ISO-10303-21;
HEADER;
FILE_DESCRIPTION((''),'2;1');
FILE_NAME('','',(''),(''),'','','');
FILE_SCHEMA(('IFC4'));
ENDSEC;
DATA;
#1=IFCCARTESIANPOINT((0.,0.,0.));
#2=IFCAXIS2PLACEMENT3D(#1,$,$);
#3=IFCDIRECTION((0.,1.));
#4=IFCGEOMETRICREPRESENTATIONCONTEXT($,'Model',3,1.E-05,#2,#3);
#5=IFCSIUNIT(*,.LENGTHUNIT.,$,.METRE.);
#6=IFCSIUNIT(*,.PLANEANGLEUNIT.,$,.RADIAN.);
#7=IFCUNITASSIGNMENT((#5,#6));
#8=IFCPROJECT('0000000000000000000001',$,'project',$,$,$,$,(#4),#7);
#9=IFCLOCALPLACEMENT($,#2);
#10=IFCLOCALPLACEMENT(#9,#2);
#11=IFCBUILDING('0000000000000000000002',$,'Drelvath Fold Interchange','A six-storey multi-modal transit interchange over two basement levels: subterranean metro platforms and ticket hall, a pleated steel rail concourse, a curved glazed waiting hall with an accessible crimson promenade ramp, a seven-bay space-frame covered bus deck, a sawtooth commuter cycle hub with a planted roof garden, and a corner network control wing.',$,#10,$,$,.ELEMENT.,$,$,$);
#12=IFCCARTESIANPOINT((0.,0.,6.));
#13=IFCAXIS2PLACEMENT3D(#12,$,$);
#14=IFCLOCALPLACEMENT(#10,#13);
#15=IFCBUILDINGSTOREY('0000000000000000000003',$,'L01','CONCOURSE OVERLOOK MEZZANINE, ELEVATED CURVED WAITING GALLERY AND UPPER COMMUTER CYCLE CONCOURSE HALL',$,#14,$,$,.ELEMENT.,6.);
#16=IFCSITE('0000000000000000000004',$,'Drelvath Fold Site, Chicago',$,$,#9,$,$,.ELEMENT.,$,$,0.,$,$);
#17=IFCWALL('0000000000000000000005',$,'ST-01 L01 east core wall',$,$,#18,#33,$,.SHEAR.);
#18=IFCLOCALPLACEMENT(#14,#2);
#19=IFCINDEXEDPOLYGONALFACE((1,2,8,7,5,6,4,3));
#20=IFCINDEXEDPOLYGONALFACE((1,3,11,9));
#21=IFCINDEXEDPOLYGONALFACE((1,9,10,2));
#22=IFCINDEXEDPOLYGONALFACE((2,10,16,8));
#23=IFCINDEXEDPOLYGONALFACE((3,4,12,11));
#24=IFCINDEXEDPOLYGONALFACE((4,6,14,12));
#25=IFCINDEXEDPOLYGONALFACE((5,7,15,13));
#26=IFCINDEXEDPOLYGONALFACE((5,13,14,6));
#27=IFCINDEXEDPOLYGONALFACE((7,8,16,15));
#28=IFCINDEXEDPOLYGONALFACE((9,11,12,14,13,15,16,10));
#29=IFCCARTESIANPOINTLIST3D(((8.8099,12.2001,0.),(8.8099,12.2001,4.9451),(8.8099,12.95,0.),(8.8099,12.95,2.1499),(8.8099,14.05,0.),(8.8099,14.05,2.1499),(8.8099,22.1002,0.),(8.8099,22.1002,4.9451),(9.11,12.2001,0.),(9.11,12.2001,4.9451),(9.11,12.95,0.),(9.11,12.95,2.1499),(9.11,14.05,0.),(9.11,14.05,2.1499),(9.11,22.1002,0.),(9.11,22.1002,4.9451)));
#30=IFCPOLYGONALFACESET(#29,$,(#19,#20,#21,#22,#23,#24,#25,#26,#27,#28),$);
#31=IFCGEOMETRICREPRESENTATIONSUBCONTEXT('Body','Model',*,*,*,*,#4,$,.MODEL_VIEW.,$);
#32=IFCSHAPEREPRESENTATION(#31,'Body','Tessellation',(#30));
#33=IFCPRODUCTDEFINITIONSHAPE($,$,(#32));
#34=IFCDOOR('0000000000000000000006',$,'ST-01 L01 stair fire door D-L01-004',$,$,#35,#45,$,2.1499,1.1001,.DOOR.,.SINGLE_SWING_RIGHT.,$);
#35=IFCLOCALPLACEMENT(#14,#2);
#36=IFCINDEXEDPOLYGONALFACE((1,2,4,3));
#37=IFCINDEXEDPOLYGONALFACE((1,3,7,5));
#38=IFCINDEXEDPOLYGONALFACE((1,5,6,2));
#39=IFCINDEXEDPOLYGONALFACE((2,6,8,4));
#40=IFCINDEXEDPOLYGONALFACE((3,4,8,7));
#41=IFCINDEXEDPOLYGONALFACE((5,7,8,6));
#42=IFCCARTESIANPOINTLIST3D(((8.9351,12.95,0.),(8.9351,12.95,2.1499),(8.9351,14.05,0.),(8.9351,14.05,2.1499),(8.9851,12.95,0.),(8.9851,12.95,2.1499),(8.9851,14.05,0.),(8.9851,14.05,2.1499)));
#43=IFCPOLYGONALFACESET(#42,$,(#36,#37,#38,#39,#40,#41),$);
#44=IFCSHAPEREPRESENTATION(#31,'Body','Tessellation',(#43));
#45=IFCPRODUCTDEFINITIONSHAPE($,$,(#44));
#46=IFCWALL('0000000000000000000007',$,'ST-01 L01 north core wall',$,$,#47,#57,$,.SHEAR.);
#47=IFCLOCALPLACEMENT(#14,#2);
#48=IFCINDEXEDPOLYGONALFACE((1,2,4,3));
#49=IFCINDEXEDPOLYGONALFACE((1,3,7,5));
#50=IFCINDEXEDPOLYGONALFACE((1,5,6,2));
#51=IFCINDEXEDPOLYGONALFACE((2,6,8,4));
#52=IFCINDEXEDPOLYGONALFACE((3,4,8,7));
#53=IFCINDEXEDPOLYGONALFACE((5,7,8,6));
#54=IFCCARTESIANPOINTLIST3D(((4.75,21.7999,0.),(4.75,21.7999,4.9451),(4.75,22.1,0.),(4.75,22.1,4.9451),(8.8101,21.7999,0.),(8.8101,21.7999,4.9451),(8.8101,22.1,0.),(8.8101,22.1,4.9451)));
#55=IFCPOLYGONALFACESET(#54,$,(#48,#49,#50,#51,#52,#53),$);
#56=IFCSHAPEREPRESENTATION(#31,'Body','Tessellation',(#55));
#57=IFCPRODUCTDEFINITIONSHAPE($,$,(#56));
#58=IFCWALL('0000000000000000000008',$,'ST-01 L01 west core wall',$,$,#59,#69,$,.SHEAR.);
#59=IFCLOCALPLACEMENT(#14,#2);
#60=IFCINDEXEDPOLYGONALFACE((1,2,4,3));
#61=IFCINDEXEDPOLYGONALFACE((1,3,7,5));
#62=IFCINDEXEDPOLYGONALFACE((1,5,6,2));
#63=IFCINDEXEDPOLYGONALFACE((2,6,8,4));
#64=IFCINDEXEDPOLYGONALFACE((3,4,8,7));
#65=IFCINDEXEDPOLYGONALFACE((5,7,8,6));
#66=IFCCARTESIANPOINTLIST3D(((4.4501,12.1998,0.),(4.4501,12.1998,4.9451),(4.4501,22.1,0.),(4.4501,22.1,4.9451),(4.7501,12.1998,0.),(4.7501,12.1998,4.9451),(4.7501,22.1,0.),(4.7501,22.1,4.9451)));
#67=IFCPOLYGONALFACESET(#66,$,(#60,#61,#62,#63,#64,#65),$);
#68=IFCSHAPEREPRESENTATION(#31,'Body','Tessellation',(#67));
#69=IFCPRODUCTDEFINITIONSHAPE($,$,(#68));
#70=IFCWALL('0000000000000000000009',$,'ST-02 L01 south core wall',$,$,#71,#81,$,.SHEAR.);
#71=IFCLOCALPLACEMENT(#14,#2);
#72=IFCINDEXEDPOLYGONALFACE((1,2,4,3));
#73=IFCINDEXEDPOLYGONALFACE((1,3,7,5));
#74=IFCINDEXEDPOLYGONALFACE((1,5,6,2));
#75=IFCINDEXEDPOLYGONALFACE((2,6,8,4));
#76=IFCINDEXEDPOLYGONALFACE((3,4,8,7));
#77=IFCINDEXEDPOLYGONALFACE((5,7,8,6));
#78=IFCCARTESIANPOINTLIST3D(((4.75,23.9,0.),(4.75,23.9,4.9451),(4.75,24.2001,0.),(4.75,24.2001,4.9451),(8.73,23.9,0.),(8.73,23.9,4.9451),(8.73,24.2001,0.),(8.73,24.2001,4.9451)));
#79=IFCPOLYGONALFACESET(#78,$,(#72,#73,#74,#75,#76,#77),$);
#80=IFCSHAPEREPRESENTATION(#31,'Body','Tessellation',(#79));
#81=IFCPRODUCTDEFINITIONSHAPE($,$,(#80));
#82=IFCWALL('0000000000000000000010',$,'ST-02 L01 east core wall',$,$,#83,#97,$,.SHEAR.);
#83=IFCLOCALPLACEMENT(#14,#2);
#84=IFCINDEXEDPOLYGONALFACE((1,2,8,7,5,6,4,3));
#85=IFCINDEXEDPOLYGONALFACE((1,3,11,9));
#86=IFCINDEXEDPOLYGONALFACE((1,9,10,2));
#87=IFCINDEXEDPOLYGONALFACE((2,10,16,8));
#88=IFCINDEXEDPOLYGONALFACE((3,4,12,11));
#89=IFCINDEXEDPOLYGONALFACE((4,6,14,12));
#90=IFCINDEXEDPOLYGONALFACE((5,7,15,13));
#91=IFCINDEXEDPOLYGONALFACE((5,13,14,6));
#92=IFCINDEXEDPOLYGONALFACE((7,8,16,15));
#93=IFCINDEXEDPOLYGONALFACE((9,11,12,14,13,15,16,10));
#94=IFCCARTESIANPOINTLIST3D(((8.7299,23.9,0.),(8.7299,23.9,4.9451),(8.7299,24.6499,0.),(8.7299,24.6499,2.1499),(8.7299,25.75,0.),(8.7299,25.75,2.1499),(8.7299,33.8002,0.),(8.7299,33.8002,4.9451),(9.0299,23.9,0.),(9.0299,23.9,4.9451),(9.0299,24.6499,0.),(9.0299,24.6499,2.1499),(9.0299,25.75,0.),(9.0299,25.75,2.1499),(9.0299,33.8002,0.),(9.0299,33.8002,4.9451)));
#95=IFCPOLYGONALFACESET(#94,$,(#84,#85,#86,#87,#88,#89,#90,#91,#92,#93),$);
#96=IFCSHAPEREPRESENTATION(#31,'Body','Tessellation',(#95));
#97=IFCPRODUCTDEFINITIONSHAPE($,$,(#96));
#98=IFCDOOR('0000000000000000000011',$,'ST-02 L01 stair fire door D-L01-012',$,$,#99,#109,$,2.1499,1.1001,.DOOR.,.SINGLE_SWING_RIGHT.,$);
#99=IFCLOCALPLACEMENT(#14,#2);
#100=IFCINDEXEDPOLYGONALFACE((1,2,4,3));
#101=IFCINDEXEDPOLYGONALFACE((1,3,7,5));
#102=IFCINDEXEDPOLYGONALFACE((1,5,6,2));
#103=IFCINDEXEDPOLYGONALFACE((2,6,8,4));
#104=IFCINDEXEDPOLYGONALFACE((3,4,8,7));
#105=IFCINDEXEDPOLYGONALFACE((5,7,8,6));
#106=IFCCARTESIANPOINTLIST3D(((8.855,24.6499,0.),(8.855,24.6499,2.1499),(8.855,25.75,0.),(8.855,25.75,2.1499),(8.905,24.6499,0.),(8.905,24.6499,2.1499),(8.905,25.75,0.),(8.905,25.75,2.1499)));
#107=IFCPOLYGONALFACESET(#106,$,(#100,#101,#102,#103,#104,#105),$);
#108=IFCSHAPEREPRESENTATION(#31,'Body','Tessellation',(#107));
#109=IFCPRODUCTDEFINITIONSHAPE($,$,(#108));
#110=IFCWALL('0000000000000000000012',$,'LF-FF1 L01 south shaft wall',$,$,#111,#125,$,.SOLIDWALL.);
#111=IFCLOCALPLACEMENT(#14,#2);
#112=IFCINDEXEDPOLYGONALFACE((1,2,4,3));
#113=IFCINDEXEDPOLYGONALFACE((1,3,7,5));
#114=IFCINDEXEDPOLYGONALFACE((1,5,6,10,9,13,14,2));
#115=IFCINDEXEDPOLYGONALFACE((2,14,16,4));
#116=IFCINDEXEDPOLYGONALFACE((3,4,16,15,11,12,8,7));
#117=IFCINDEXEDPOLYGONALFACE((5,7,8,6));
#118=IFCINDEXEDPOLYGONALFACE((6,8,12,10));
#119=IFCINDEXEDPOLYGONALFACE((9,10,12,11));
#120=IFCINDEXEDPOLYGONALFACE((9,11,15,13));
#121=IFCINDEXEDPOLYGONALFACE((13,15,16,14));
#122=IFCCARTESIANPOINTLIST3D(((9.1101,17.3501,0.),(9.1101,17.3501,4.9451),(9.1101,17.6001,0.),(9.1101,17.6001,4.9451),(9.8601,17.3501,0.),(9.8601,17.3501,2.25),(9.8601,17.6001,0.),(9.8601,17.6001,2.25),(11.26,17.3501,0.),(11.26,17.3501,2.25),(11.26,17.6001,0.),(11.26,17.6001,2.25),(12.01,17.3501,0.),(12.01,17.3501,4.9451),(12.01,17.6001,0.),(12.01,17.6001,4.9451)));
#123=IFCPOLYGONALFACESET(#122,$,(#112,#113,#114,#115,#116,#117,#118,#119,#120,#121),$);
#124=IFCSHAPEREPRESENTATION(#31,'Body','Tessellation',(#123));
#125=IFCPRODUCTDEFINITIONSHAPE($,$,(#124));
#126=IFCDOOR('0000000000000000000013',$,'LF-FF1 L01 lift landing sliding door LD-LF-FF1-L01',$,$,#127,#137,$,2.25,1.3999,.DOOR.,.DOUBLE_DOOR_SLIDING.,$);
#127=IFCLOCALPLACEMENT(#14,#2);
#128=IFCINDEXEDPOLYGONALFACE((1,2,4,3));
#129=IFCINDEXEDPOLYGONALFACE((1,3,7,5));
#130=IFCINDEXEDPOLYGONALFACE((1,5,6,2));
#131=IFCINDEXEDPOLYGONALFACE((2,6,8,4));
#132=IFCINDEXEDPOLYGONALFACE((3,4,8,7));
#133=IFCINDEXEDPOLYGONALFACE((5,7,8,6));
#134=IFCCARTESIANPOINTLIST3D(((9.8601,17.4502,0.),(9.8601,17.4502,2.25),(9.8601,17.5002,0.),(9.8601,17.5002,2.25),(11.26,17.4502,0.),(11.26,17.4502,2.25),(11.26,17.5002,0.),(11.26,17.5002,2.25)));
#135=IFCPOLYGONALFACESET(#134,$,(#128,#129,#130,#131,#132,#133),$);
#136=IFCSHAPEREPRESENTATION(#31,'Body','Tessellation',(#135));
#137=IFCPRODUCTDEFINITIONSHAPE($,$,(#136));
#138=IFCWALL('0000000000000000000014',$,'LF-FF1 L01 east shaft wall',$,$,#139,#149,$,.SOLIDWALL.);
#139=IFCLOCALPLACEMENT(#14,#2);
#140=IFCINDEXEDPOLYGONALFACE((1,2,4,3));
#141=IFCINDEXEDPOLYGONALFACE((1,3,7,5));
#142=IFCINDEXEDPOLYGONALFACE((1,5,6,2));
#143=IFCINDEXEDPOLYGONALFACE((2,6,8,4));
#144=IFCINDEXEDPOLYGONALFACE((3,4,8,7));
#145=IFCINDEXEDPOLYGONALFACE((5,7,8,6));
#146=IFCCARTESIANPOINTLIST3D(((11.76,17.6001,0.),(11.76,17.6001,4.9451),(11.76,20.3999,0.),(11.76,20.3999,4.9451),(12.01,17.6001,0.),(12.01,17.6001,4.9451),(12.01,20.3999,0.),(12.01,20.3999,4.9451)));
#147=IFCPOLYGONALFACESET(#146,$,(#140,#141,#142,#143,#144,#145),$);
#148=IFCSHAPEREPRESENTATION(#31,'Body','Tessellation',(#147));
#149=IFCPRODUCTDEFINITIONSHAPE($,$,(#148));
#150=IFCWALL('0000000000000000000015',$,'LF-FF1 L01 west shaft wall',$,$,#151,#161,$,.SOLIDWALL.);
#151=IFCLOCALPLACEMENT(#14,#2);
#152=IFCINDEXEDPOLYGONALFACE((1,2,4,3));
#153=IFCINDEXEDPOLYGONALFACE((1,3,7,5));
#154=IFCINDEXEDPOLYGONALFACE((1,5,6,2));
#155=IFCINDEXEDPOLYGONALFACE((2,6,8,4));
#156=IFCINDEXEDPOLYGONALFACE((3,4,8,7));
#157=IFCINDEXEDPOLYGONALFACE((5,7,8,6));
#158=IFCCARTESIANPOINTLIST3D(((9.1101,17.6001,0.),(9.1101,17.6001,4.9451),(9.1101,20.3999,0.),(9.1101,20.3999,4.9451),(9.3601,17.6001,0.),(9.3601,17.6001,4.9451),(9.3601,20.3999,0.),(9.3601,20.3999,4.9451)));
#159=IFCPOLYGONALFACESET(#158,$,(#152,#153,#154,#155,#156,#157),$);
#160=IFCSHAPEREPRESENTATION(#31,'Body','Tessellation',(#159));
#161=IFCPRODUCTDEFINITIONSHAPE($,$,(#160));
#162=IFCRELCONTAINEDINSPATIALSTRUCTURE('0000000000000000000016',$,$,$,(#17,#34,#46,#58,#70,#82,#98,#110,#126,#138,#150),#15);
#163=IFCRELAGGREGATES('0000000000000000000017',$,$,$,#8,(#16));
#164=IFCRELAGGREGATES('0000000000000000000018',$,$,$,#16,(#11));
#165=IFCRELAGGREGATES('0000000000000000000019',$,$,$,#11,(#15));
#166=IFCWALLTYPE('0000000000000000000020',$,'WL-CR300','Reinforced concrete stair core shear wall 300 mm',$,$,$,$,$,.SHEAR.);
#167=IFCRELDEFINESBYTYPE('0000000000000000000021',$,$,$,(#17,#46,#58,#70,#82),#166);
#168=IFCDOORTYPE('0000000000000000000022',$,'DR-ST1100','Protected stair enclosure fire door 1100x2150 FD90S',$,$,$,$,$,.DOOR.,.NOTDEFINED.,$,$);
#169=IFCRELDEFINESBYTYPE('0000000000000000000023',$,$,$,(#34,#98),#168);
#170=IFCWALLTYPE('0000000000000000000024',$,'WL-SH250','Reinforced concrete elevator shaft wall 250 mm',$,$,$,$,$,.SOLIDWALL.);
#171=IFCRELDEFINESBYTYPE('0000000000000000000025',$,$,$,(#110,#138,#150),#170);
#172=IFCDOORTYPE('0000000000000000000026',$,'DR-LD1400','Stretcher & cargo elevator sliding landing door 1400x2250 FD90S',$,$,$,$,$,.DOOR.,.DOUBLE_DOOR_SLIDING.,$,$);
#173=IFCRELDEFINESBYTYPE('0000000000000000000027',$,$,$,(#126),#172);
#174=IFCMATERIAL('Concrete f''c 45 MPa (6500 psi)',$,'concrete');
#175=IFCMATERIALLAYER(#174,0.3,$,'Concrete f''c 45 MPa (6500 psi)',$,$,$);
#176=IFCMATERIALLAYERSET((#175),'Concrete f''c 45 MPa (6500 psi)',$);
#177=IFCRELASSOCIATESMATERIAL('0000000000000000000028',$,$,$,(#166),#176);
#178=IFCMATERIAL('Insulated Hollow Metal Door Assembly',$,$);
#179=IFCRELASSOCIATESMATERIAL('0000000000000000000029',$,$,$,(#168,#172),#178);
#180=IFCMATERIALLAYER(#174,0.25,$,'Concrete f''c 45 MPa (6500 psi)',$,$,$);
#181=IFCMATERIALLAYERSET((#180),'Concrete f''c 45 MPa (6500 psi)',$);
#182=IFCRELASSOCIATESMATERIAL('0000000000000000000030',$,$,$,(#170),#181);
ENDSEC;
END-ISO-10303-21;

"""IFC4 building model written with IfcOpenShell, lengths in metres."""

from ifc_helpers import new_model, si_unit, direction, frame, frame_2d, origin, place, context, subcontext, project, spatial, rectangle, extrude, material, layer, layer_set, type_object, element, fill, save


model = new_model("IFC4")

# Units and contexts
model_context = context("Model", 3, precision=1e-05, world=origin(), true_north=direction((0.0, 1.0)))
body_context = subcontext(model_context, "Body", "Model", "MODEL_VIEW")
ifc_project = project(units=[si_unit("LENGTHUNIT", "METRE"), si_unit("PLANEANGLEUNIT", "RADIAN")], contexts=[model_context])

# Site, building, storey
site_placement = place(None, origin())
site = spatial("IfcSite", under=ifc_project, at=site_placement, Name="Drelvath Fold Site, Chicago", CompositionType="ELEMENT", RefElevation=0.0)
building_placement = place(site_placement, origin())
building = spatial("IfcBuilding", under=site, at=building_placement, Name="Drelvath Fold Interchange", Description="A six-storey multi-modal transit interchange over two basement levels: subterranean metro platforms and ticket hall, a pleated steel rail concourse, a curved glazed waiting hall with an accessible crimson promenade ramp, a seven-bay space-frame covered bus deck, a sawtooth commuter cycle hub with a planted roof garden, and a corner network control wing.", CompositionType="ELEMENT")
storey_placement = place(building_placement, frame((0.0, 0.0, 6.0)))
storey = spatial("IfcBuildingStorey", under=building, at=storey_placement, Name="L01", Description="CONCOURSE OVERLOOK MEZZANINE, ELEVATED CURVED WAITING GALLERY AND UPPER COMMUTER CYCLE CONCOURSE HALL", CompositionType="ELEMENT", Elevation=6.0)

# Shared definitions
ifc_material_1 = material(Name="Concrete f'c 45 MPa (6500 psi)", Category="concrete")
ifc_layer_1 = layer(ifc_material_1, 0.3, Name="Concrete f'c 45 MPa (6500 psi)")
ifc_layer_set_1 = layer_set([ifc_layer_1], Name="Concrete f'c 45 MPa (6500 psi)")
wall_type_1 = type_object("IfcWallType", Name="WL-CR300", Description="Reinforced concrete stair core shear wall 300 mm", PredefinedType="SHEAR", material=ifc_layer_set_1)

# Wall, opening, door
wall_1_placement = place(storey_placement, frame((8.96, 12.2, 0.0), z_axis=(0.0, 0.0, 1.0), x_axis=(0.0, 1.0, 0.0)))
wall_1 = element("IfcWall", 1, at=wall_1_placement, inside=storey, type_object=wall_type_1, Name="ST-01 L01 east core wall", PredefinedType="SHEAR", context=body_context, shape_type="SweptSolid", body=[
    extrude(rectangle(XDim=9.9001, YDim=0.3, at=frame_2d((4.9502, 0.0))), origin(), (0.0, 0.0, 1.0), 4.9451),
])
opening_1_placement = place(wall_1_placement, frame((0.75, 0.0, 0.0)))
opening_1 = element("IfcOpeningElement", 2, at=opening_1_placement, cuts=wall_1, PredefinedType="OPENING", context=body_context, shape_type="SweptSolid", body=[
    extrude(rectangle(XDim=1.1001, YDim=2.1499, at=frame_2d((0.55, 1.075))), frame((0.0, 0.1599, 0.0), z_axis=(0.0, -1.0, 0.0), x_axis=(1.0, 0.0, 0.0)), (0.0, 0.0, 1.0), 0.3201),
])
ifc_material_2 = material(Name="Insulated Hollow Metal Door Assembly")
door_type_1 = type_object("IfcDoorType", Name="DR-ST1100", Description="Protected stair enclosure fire door 1100x2150 FD90S", OperationType="NOTDEFINED", PredefinedType="DOOR", material=ifc_material_2)
door_1_placement = place(opening_1_placement, origin())
door_1 = element("IfcDoor", 3, at=door_1_placement, inside=storey, type_object=door_type_1, Name="ST-01 L01 stair fire door D-L01-004", OperationType="SINGLE_SWING_RIGHT", OverallHeight=2.1499, OverallWidth=1.1001, PredefinedType="DOOR", context=body_context, shape_type="SweptSolid", body=[
    extrude(rectangle(XDim=1.1001, YDim=2.1499, at=frame_2d((0.55, 1.075))), frame((0.0, 0.0249, 0.0), z_axis=(0.0, -1.0, 0.0), x_axis=(1.0, 0.0, 0.0)), (0.0, 0.0, 1.0), 0.05),
])
fill(opening_1, door_1)

# Walls
wall_2_placement = place(storey_placement, frame((8.8101, 21.95, 0.0), z_axis=(0.0, 0.0, 1.0), x_axis=(-1.0, 0.0, 0.0)))
element("IfcWall", 4, at=wall_2_placement, inside=storey, type_object=wall_type_1, Name="ST-01 L01 north core wall", PredefinedType="SHEAR", context=body_context, shape_type="SweptSolid", body=[
    extrude(rectangle(XDim=4.0601, YDim=0.3, at=frame_2d((2.03, 0.0))), origin(), (0.0, 0.0, 1.0), 4.9451),
])
wall_3_placement = place(storey_placement, frame((4.6001, 22.1001, 0.0), z_axis=(0.0, 0.0, 1.0), x_axis=(0.0, -1.0, 0.0)))
element("IfcWall", 5, at=wall_3_placement, inside=storey, type_object=wall_type_1, Name="ST-01 L01 west core wall", PredefinedType="SHEAR", context=body_context, shape_type="SweptSolid", body=[
    extrude(rectangle(XDim=9.9001, YDim=0.3, at=frame_2d((4.9502, 0.0))), origin(), (0.0, 0.0, 1.0), 4.9451),
])
wall_4_placement = place(storey_placement, frame((4.75, 24.05, 0.0), z_axis=(0.0, 0.0, 1.0), x_axis=(1.0, 0.0, 0.0)))
element("IfcWall", 6, at=wall_4_placement, inside=storey, type_object=wall_type_1, Name="ST-02 L01 south core wall", PredefinedType="SHEAR", context=body_context, shape_type="SweptSolid", body=[
    extrude(rectangle(XDim=3.98, YDim=0.3, at=frame_2d((1.99, 0.0))), origin(), (0.0, 0.0, 1.0), 4.9451),
])

# Walls, openings, doors
wall_5_placement = place(storey_placement, frame((8.8799, 23.8999, 0.0), z_axis=(0.0, 0.0, 1.0), x_axis=(0.0, 1.0, 0.0)))
wall_5 = element("IfcWall", 7, at=wall_5_placement, inside=storey, type_object=wall_type_1, Name="ST-02 L01 east core wall", PredefinedType="SHEAR", context=body_context, shape_type="SweptSolid", body=[
    extrude(rectangle(XDim=9.9001, YDim=0.3, at=frame_2d((4.9502, 0.0))), origin(), (0.0, 0.0, 1.0), 4.9451),
])
opening_2_placement = place(wall_5_placement, frame((0.75, 0.0, 0.0)))
opening_2 = element("IfcOpeningElement", 8, at=opening_2_placement, cuts=wall_5, PredefinedType="OPENING", context=body_context, shape_type="SweptSolid", body=[
    extrude(rectangle(XDim=1.1001, YDim=2.1499, at=frame_2d((0.55, 1.075))), frame((0.0, 0.1599, 0.0), z_axis=(0.0, -1.0, 0.0), x_axis=(1.0, 0.0, 0.0)), (0.0, 0.0, 1.0), 0.3201),
])
door_2_placement = place(opening_2_placement, origin())
door_2 = element("IfcDoor", 9, at=door_2_placement, inside=storey, type_object=door_type_1, Name="ST-02 L01 stair fire door D-L01-012", OperationType="SINGLE_SWING_RIGHT", OverallHeight=2.1499, OverallWidth=1.1001, PredefinedType="DOOR", context=body_context, shape_type="SweptSolid", body=[
    extrude(rectangle(XDim=1.1001, YDim=2.1499, at=frame_2d((0.55, 1.075))), frame((0.0, 0.0249, 0.0), z_axis=(0.0, -1.0, 0.0), x_axis=(1.0, 0.0, 0.0)), (0.0, 0.0, 1.0), 0.05),
])
fill(opening_2, door_2)
ifc_layer_2 = layer(ifc_material_1, 0.25, Name="Concrete f'c 45 MPa (6500 psi)")
ifc_layer_set_2 = layer_set([ifc_layer_2], Name="Concrete f'c 45 MPa (6500 psi)")
wall_type_2 = type_object("IfcWallType", Name="WL-SH250", Description="Reinforced concrete elevator shaft wall 250 mm", PredefinedType="SOLIDWALL", material=ifc_layer_set_2)
wall_6_placement = place(storey_placement, frame((9.1101, 17.4751, 0.0), z_axis=(0.0, 0.0, 1.0), x_axis=(1.0, 0.0, 0.0)))
wall_6 = element("IfcWall", 10, at=wall_6_placement, inside=storey, type_object=wall_type_2, Name="LF-FF1 L01 south shaft wall", PredefinedType="SOLIDWALL", context=body_context, shape_type="SweptSolid", body=[
    extrude(rectangle(XDim=2.8999, YDim=0.25, at=frame_2d((1.45, 0.0))), origin(), (0.0, 0.0, 1.0), 4.9451),
])
opening_3_placement = place(wall_6_placement, frame((0.75, 0.0, 0.0)))
opening_3 = element("IfcOpeningElement", 11, at=opening_3_placement, cuts=wall_6, PredefinedType="OPENING", context=body_context, shape_type="SweptSolid", body=[
    extrude(rectangle(XDim=1.3999, YDim=2.25, at=frame_2d((0.7, 1.125))), frame((0.0, 0.135, 0.0), z_axis=(0.0, -1.0, 0.0), x_axis=(1.0, 0.0, 0.0)), (0.0, 0.0, 1.0), 0.27),
])
door_type_2 = type_object("IfcDoorType", Name="DR-LD1400", Description="Stretcher & cargo elevator sliding landing door 1400x2250 FD90S", OperationType="DOUBLE_DOOR_SLIDING", PredefinedType="DOOR", material=ifc_material_2)
door_3_placement = place(opening_3_placement, frame((1.3999, 0.0, 0.0), z_axis=(0.0, 0.0, 1.0), x_axis=(-1.0, 0.0, 0.0)))
door_3 = element("IfcDoor", 12, at=door_3_placement, inside=storey, type_object=door_type_2, Name="LF-FF1 L01 lift landing sliding door LD-LF-FF1-L01", OperationType="DOUBLE_DOOR_SLIDING", OverallHeight=2.25, OverallWidth=1.3999, PredefinedType="DOOR", context=body_context, shape_type="SweptSolid", body=[
    extrude(rectangle(XDim=1.3999, YDim=2.25, at=frame_2d((0.7, 1.125))), frame((0.0, 0.0249, 0.0), z_axis=(0.0, -1.0, 0.0), x_axis=(1.0, 0.0, 0.0)), (0.0, 0.0, 1.0), 0.05),
])
fill(opening_3, door_3)

# Walls
for number, where, z_axis, x_axis, name in (
    (13, (11.885, 17.6001, 0.0), (0.0, 0.0, 1.0), (0.0, 1.0, 0.0), "LF-FF1 L01 east shaft wall"),
    (14, (9.2351, 20.3999, 0.0), (0.0, 0.0, 1.0), (0.0, -1.0, 0.0), "LF-FF1 L01 west shaft wall"),
):
    element("IfcWall", number, at=place(storey_placement, frame(where, z_axis=z_axis, x_axis=x_axis)), inside=storey, type_object=wall_type_2, Name=name, PredefinedType="SOLIDWALL", context=body_context, shape_type="SweptSolid", body=[
        extrude(rectangle(XDim=2.7998, YDim=0.25, at=frame_2d((1.3999, 0.0))), origin(), (0.0, 0.0, 1.0), 4.9451),
    ])

save(model, "model.ifc")
